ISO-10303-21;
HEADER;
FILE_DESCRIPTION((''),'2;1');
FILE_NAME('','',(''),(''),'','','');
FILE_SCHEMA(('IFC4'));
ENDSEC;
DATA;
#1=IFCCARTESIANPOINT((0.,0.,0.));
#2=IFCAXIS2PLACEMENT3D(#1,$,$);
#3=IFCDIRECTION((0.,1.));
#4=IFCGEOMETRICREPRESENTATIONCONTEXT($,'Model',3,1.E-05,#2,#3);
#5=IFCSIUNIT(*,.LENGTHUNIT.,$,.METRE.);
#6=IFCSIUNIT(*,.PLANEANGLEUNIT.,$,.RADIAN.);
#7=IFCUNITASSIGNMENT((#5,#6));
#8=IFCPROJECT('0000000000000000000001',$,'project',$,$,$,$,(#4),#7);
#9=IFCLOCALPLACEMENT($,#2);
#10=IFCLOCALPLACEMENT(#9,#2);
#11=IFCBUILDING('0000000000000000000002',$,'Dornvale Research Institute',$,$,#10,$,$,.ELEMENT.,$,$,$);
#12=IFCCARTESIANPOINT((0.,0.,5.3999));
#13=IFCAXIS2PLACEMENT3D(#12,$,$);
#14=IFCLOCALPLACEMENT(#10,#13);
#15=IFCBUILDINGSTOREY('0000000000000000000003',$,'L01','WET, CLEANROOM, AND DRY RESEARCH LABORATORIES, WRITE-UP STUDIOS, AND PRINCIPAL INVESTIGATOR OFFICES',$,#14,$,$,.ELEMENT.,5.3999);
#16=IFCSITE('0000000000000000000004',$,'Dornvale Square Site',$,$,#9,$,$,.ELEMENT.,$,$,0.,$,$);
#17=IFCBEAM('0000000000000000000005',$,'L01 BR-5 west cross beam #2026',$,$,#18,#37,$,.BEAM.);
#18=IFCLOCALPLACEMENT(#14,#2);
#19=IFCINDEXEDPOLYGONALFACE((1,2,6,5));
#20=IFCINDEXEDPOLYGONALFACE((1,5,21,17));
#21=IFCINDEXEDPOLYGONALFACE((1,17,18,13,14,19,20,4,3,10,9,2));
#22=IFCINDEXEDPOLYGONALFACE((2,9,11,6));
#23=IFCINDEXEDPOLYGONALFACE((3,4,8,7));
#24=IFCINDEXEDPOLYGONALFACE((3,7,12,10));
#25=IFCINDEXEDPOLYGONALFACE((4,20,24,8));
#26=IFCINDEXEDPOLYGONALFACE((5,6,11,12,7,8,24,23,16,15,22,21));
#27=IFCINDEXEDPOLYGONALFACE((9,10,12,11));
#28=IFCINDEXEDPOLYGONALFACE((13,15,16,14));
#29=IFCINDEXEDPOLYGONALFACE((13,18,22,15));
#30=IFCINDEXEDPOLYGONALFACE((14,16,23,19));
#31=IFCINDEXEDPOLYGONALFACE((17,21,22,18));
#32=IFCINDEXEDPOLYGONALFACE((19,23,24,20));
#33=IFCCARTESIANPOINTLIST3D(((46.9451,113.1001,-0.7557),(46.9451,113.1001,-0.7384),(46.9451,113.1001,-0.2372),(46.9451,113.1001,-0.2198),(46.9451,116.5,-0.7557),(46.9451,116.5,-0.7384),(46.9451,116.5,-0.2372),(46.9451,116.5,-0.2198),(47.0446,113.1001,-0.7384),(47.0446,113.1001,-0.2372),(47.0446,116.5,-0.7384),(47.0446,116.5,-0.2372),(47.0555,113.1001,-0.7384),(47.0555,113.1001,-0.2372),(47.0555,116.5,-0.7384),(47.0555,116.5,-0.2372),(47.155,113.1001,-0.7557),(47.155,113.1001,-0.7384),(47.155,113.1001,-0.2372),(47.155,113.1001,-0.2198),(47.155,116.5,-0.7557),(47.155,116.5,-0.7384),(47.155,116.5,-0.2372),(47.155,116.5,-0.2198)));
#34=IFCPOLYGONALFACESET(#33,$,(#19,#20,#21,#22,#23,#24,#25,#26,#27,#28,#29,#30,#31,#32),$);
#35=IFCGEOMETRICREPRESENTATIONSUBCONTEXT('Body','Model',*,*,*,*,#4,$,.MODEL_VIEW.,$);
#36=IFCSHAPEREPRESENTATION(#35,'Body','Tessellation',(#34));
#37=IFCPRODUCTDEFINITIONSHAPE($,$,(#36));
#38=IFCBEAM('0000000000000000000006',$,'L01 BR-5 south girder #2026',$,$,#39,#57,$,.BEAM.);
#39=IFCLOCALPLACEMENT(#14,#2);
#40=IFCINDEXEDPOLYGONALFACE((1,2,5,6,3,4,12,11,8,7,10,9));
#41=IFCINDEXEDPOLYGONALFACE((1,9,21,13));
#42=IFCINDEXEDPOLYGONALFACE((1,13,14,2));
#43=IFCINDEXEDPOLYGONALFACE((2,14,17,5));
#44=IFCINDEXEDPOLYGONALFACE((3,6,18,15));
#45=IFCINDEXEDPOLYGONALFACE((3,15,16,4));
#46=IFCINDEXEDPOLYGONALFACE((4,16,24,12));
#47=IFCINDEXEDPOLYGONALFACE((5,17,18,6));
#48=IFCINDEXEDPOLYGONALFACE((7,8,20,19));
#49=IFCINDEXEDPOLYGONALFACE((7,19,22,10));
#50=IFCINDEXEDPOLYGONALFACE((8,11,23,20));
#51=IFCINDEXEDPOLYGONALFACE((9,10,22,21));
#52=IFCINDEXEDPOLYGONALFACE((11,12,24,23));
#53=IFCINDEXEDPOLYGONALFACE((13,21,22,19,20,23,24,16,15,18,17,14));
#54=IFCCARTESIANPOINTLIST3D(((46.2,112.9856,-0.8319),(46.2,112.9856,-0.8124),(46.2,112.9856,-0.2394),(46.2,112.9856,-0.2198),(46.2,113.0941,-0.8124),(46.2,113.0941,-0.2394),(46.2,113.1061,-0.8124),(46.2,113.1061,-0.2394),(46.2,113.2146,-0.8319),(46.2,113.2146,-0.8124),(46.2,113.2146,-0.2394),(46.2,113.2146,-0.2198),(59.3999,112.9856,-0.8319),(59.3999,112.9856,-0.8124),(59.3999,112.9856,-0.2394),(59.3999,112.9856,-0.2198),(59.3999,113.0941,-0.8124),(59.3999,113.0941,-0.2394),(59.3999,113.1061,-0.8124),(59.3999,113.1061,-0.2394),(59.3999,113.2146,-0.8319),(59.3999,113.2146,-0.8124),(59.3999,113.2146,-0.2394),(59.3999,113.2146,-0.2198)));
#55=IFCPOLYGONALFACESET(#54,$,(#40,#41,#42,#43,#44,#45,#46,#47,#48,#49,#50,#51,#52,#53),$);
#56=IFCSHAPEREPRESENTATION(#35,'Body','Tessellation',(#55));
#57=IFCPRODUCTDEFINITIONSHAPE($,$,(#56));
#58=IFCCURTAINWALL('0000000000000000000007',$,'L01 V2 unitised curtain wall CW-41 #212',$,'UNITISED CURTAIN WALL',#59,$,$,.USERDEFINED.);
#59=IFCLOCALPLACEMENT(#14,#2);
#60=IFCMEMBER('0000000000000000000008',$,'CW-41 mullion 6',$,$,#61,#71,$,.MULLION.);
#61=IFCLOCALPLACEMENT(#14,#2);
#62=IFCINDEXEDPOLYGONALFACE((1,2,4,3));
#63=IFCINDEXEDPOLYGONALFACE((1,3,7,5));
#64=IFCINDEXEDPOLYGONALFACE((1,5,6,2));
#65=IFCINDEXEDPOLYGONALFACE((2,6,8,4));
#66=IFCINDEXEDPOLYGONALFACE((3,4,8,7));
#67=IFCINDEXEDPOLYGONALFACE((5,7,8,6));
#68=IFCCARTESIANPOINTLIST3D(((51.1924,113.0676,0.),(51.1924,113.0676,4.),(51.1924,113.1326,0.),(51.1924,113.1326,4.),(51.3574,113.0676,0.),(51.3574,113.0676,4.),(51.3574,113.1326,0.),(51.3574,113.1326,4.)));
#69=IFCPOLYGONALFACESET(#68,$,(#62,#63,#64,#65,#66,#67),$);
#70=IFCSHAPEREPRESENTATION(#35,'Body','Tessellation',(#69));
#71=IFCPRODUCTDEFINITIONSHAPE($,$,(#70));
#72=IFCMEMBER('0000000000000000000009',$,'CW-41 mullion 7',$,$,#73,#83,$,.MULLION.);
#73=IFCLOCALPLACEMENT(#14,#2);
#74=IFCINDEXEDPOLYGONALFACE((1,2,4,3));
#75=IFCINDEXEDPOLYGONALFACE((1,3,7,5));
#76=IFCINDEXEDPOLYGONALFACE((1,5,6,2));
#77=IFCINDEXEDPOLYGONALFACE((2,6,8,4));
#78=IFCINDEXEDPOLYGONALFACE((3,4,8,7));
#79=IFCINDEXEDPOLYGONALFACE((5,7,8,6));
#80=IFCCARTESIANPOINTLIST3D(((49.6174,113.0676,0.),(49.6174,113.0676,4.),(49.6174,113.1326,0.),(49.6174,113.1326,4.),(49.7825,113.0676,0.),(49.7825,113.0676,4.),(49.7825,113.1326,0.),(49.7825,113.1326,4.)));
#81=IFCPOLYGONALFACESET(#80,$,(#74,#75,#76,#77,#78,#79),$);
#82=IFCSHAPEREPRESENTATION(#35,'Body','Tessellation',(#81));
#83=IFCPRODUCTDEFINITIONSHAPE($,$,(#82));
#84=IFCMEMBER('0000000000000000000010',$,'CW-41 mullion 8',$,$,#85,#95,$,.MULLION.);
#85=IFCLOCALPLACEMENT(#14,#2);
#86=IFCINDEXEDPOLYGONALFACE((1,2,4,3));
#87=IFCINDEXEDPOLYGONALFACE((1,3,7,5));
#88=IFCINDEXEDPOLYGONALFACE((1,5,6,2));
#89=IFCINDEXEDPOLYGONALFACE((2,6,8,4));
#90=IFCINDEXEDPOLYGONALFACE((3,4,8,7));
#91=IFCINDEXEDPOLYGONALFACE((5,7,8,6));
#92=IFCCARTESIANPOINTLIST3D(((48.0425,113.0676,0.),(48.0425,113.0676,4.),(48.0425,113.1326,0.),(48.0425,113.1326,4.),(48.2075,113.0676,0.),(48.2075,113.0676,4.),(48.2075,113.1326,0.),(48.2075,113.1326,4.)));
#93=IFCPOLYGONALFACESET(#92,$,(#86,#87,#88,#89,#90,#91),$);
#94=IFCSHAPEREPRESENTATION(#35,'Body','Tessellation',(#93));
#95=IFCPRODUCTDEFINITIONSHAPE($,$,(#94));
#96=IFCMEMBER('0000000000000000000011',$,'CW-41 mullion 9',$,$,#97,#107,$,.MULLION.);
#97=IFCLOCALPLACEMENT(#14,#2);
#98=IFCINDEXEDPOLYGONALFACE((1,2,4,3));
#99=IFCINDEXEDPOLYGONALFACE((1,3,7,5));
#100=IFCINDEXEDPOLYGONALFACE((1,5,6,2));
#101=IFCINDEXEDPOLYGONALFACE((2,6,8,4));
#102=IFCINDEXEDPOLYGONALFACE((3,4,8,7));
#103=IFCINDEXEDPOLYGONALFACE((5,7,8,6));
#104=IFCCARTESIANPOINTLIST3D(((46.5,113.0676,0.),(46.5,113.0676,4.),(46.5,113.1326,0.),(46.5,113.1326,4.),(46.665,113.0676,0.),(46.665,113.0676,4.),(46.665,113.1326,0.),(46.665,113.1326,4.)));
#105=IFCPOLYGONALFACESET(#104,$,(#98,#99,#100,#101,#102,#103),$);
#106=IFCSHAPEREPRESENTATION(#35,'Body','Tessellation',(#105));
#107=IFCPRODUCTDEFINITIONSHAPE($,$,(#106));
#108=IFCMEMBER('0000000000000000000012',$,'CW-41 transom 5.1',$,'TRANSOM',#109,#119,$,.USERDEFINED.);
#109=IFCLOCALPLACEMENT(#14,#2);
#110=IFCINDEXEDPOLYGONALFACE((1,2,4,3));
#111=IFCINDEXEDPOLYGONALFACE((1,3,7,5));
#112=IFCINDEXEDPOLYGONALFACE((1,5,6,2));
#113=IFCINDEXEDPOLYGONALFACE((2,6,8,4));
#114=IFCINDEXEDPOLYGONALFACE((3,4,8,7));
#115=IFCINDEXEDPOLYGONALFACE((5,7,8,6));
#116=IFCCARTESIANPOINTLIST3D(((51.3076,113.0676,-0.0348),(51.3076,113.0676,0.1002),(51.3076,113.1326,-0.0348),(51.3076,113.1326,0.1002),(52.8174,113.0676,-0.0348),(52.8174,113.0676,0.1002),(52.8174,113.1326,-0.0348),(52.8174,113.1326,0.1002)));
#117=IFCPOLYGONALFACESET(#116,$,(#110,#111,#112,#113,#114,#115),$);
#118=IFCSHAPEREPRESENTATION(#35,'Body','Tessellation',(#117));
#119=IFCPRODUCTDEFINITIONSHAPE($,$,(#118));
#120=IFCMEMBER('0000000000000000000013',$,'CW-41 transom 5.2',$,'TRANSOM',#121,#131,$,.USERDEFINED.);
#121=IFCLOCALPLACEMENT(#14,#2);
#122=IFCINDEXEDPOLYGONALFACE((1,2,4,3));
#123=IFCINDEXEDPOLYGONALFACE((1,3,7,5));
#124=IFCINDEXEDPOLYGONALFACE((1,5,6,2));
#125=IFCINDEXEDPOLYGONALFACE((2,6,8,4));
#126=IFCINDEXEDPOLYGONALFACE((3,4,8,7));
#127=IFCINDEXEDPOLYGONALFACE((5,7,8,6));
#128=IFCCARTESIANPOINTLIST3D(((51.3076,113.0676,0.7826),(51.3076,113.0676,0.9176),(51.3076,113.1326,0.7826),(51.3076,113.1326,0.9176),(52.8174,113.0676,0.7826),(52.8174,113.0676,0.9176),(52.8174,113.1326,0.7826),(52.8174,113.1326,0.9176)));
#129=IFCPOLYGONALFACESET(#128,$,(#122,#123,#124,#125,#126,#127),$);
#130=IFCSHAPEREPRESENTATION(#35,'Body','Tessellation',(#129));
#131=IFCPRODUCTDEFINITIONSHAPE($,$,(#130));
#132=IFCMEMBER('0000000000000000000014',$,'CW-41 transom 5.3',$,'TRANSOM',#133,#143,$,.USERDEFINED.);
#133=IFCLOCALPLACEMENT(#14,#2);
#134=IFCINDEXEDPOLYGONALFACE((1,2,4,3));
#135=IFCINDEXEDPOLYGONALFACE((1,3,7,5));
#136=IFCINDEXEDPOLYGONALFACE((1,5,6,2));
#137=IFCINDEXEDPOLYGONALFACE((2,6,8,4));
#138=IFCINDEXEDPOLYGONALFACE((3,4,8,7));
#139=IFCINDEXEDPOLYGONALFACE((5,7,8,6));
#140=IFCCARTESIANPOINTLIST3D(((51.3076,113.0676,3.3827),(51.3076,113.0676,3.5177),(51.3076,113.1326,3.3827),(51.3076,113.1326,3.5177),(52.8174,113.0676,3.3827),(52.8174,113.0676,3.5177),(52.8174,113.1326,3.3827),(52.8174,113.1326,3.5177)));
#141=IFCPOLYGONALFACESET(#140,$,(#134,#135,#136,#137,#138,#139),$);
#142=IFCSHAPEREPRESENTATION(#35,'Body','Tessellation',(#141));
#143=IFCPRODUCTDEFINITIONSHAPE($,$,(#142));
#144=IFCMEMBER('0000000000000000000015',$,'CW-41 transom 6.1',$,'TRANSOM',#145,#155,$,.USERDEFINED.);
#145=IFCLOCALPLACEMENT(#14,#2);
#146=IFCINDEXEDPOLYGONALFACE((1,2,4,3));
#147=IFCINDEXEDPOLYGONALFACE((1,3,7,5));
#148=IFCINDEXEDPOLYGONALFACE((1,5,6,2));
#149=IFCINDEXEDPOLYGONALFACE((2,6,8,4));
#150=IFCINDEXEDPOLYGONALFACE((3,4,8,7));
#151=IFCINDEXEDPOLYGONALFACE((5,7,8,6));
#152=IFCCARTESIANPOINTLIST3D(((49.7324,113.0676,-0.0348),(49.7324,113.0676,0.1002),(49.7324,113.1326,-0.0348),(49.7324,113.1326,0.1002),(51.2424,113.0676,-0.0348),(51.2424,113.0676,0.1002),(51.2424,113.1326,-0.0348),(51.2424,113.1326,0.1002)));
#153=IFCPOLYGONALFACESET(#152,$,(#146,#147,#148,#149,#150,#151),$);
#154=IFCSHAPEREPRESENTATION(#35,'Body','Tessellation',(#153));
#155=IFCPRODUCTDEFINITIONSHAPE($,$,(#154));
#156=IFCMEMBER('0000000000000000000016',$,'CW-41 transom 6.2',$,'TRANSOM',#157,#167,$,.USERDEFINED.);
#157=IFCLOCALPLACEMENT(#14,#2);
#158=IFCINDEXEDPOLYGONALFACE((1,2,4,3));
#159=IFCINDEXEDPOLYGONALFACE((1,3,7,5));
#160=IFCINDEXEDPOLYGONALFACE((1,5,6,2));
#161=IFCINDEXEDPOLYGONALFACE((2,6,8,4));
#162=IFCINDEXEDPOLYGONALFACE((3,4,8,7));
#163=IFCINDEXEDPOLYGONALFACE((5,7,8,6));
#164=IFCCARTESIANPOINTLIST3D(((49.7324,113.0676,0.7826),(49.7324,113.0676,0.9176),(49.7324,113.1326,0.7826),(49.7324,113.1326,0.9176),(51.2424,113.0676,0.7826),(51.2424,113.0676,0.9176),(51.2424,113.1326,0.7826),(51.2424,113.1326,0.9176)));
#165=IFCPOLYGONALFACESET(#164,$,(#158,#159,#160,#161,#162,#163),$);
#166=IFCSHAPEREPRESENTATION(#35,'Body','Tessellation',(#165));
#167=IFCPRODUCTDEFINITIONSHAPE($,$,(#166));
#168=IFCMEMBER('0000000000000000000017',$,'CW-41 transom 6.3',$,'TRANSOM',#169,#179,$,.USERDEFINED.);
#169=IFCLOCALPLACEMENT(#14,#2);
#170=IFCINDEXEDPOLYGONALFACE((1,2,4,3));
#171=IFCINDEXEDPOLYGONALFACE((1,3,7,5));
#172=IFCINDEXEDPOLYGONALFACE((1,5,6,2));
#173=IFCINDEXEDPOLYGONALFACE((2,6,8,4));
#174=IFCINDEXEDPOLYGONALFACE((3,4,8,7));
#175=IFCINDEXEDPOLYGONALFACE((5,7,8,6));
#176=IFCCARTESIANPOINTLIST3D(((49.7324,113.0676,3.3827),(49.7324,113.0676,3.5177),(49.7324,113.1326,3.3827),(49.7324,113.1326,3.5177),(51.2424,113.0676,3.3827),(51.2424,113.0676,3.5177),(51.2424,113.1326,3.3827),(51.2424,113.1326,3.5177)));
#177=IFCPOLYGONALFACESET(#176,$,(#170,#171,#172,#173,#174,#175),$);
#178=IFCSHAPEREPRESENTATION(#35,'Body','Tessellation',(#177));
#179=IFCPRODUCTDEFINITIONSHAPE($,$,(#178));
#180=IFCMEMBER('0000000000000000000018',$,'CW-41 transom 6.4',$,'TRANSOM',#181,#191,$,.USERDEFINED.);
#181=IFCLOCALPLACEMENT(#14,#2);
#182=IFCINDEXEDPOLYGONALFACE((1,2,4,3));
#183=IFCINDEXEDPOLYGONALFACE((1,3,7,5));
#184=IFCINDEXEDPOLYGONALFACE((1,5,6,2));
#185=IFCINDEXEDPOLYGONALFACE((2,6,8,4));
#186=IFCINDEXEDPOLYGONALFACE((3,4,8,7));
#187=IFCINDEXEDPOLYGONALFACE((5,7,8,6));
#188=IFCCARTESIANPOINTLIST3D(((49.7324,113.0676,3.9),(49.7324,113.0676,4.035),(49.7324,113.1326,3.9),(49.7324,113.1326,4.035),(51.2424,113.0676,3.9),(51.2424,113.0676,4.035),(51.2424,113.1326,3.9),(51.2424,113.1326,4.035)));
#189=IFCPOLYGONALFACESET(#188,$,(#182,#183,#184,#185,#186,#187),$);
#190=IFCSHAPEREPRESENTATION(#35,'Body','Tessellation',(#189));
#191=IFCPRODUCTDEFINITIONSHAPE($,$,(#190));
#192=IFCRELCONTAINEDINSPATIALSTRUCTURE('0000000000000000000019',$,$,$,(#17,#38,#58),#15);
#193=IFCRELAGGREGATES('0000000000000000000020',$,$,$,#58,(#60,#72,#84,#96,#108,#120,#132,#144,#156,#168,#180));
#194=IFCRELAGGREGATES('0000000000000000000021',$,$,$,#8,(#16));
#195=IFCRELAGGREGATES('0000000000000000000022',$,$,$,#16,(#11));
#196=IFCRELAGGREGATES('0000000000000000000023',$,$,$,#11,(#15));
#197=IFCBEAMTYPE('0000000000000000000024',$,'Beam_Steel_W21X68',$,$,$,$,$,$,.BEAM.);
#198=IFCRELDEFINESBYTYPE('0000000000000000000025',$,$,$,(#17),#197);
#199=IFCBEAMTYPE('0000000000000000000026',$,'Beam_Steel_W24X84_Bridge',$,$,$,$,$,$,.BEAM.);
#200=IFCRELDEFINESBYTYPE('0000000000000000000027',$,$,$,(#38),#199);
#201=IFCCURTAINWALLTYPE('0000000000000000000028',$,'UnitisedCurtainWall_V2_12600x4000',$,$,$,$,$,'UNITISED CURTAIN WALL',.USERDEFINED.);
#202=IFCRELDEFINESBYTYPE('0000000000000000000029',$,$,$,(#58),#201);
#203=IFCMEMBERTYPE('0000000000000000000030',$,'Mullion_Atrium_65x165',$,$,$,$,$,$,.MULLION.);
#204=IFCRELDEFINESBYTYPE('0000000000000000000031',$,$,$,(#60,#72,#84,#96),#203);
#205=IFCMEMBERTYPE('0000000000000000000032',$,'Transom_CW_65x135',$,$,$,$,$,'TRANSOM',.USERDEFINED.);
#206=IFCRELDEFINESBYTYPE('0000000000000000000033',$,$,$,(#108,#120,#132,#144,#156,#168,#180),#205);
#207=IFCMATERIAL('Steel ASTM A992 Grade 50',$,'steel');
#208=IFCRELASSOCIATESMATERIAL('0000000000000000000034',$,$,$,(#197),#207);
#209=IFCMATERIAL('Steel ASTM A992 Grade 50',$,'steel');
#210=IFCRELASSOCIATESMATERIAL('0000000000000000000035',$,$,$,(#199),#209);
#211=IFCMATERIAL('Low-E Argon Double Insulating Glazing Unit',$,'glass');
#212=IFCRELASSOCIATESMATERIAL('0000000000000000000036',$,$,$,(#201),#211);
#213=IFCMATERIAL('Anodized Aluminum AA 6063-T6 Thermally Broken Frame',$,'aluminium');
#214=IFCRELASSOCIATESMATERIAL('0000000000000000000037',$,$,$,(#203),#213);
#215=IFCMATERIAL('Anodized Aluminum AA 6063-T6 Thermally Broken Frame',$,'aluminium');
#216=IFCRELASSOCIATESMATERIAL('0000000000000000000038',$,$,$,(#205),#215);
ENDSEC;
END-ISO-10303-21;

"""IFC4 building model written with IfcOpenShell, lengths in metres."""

from ifc_helpers import new_model, si_unit, direction, frame, origin, origin_2d, place, context, subcontext, project, spatial, rectangle, i_section, extrude, material, material_profile, profile_set, type_object, element, aggregate, save


model = new_model("IFC4")

# Units and contexts
model_context = context("Model", 3, precision=1e-05, world=origin(), true_north=direction((0.0, 1.0)))
body_context = subcontext(model_context, "Body", "Model", "MODEL_VIEW")
ifc_project = project(units=[si_unit("LENGTHUNIT", "METRE"), si_unit("PLANEANGLEUNIT", "RADIAN")], contexts=[model_context])

# Site, building, storey
site_placement = place(None, origin())
site = spatial("IfcSite", under=ifc_project, at=site_placement, Name="Dornvale Square Site", CompositionType="ELEMENT", RefElevation=0.0)
building_placement = place(site_placement, origin())
building = spatial("IfcBuilding", under=site, at=building_placement, Name="Dornvale Research Institute", CompositionType="ELEMENT")
storey_placement = place(building_placement, frame((0.0, 0.0, 5.3999)))
storey = spatial("IfcBuildingStorey", under=building, at=storey_placement, Name="L01", Description="WET, CLEANROOM, AND DRY RESEARCH LABORATORIES, WRITE-UP STUDIOS, AND PRINCIPAL INVESTIGATOR OFFICES", CompositionType="ELEMENT", Elevation=5.3999)

# Beams
ifc_material_1 = material(Name="Steel ASTM A992 Grade 50", Category="steel")
ifc_material_profile_1 = material_profile(ifc_material_1, i_section(OverallWidth=0.21, OverallDepth=0.5359, WebThickness=0.011, FlangeThickness=0.0173, at=origin_2d()), Name="W21X68")
ifc_profile_set_1 = profile_set([ifc_material_profile_1], Name="Steel ASTM A992 Grade 50")
beam_type_1 = type_object("IfcBeamType", Name="Beam_Steel_W21X68", PredefinedType="BEAM", material=ifc_profile_set_1)
beam_1_placement = place(storey_placement, frame((47.05, 113.1001, -0.4878), z_axis=(0.0, 1.0, 0.0), x_axis=(-1.0, 0.0, 0.0)))
element("IfcBeam", 1, at=beam_1_placement, inside=storey, type_object=beam_type_1, Name="L01 BR-5 west cross beam #2026", PredefinedType="BEAM", context=body_context, shape_type="SweptSolid", body=[
    extrude(i_section(OverallWidth=0.21, OverallDepth=0.5359, WebThickness=0.011, FlangeThickness=0.0173, at=origin_2d()), origin(), (0.0, 0.0, 1.0), 3.3999),
])
ifc_material_2 = material(Name="Steel ASTM A992 Grade 50", Category="steel")
ifc_material_profile_2 = material_profile(ifc_material_2, i_section(OverallWidth=0.229, OverallDepth=0.6121, WebThickness=0.012, FlangeThickness=0.0195, at=origin_2d()), Name="W24X84")
ifc_profile_set_2 = profile_set([ifc_material_profile_2], Name="Steel ASTM A992 Grade 50")
beam_type_2 = type_object("IfcBeamType", Name="Beam_Steel_W24X84_Bridge", PredefinedType="BEAM", material=ifc_profile_set_2)
beam_2_placement = place(storey_placement, frame((46.2, 113.1001, -0.5259), z_axis=(1.0, 0.0, 0.0), x_axis=(0.0, 1.0, 0.0)))
element("IfcBeam", 2, at=beam_2_placement, inside=storey, type_object=beam_type_2, Name="L01 BR-5 south girder #2026", PredefinedType="BEAM", context=body_context, shape_type="SweptSolid", body=[
    extrude(i_section(OverallWidth=0.229, OverallDepth=0.6121, WebThickness=0.012, FlangeThickness=0.0195, at=origin_2d()), origin(), (0.0, 0.0, 1.0), 13.2),
])

# Curtain wall, members
ifc_material_3 = material(Name="Low-E Argon Double Insulating Glazing Unit", Category="glass")
curtain_wall_type = type_object("IfcCurtainWallType", Name="UnitisedCurtainWall_V2_12600x4000", ElementType="UNITISED CURTAIN WALL", PredefinedType="USERDEFINED", material=ifc_material_3)
curtain_wall_placement = place(storey_placement, origin())
curtain_wall = element("IfcCurtainWall", 3, at=curtain_wall_placement, inside=storey, type_object=curtain_wall_type, Name="L01 V2 unitised curtain wall CW-41 #212", ObjectType="UNITISED CURTAIN WALL", PredefinedType="USERDEFINED")
ifc_material_4 = material(Name="Anodized Aluminum AA 6063-T6 Thermally Broken Frame", Category="aluminium")
ifc_material_profile_3 = material_profile(ifc_material_4, rectangle(XDim=0.0649, YDim=0.165, at=origin_2d()), Name="ALU MULLION 65x165")
ifc_profile_set_3 = profile_set([ifc_material_profile_3], Name="Anodized Aluminum AA 6063-T6 Thermally Broken Frame")
member_type_1 = type_object("IfcMemberType", Name="Mullion_Atrium_65x165", PredefinedType="MULLION", material=ifc_profile_set_3)
member_1_placement = place(storey_placement, frame((51.2749, 113.1001, 0.0), z_axis=(0.0, 0.0, 1.0), x_axis=(0.0, -1.0, 0.0)))
member_1 = element("IfcMember", 4, at=member_1_placement, type_object=member_type_1, Name="CW-41 mullion 6", PredefinedType="MULLION", context=body_context, shape_type="SweptSolid", body=[
    extrude(rectangle(XDim=0.0649, YDim=0.165, at=origin_2d()), origin(), (0.0, 0.0, 1.0), 4.0),
])
member_2_placement = place(storey_placement, frame((49.7, 113.1001, 0.0), z_axis=(0.0, 0.0, 1.0), x_axis=(0.0, -1.0, 0.0)))
member_2 = element("IfcMember", 5, at=member_2_placement, type_object=member_type_1, Name="CW-41 mullion 7", PredefinedType="MULLION", context=body_context, shape_type="SweptSolid", body=[
    extrude(rectangle(XDim=0.0649, YDim=0.165, at=origin_2d()), origin(), (0.0, 0.0, 1.0), 4.0),
])
member_3_placement = place(storey_placement, frame((48.125, 113.1001, 0.0), z_axis=(0.0, 0.0, 1.0), x_axis=(0.0, -1.0, 0.0)))
member_3 = element("IfcMember", 6, at=member_3_placement, type_object=member_type_1, Name="CW-41 mullion 8", PredefinedType="MULLION", context=body_context, shape_type="SweptSolid", body=[
    extrude(rectangle(XDim=0.0649, YDim=0.165, at=origin_2d()), origin(), (0.0, 0.0, 1.0), 4.0),
])
member_4_placement = place(storey_placement, frame((46.5825, 113.1001, 0.0), z_axis=(0.0, 0.0, 1.0), x_axis=(0.0, -1.0, 0.0)))
member_4 = element("IfcMember", 7, at=member_4_placement, type_object=member_type_1, Name="CW-41 mullion 9", PredefinedType="MULLION", context=body_context, shape_type="SweptSolid", body=[
    extrude(rectangle(XDim=0.0649, YDim=0.165, at=origin_2d()), origin(), (0.0, 0.0, 1.0), 4.0),
])
ifc_material_5 = material(Name="Anodized Aluminum AA 6063-T6 Thermally Broken Frame", Category="aluminium")
ifc_material_profile_4 = material_profile(ifc_material_5, rectangle(XDim=0.0649, YDim=0.135, at=origin_2d()), Name="ALU TRANSOM 65x135")
ifc_profile_set_4 = profile_set([ifc_material_profile_4], Name="Anodized Aluminum AA 6063-T6 Thermally Broken Frame")
member_type_2 = type_object("IfcMemberType", Name="Transom_CW_65x135", ElementType="TRANSOM", PredefinedType="USERDEFINED", material=ifc_profile_set_4)
member_5_placement = place(storey_placement, frame((52.8174, 113.1001, 0.0327), z_axis=(-1.0, 0.0, 0.0), x_axis=(0.0, -1.0, 0.0)))
member_5 = element("IfcMember", 8, at=member_5_placement, type_object=member_type_2, Name="CW-41 transom 5.1", ObjectType="TRANSOM", PredefinedType="USERDEFINED", context=body_context, shape_type="SweptSolid", body=[
    extrude(rectangle(XDim=0.0649, YDim=0.135, at=origin_2d()), origin(), (0.0, 0.0, 1.0), 1.5098),
])
member_6_placement = place(storey_placement, frame((52.8174, 113.1001, 0.8501), z_axis=(-1.0, 0.0, 0.0), x_axis=(0.0, -1.0, 0.0)))
member_6 = element("IfcMember", 9, at=member_6_placement, type_object=member_type_2, Name="CW-41 transom 5.2", ObjectType="TRANSOM", PredefinedType="USERDEFINED", context=body_context, shape_type="SweptSolid", body=[
    extrude(rectangle(XDim=0.0649, YDim=0.135, at=origin_2d()), origin(), (0.0, 0.0, 1.0), 1.5098),
])
member_7_placement = place(storey_placement, frame((52.8174, 113.1001, 3.4502), z_axis=(-1.0, 0.0, 0.0), x_axis=(0.0, -1.0, 0.0)))
member_7 = element("IfcMember", 10, at=member_7_placement, type_object=member_type_2, Name="CW-41 transom 5.3", ObjectType="TRANSOM", PredefinedType="USERDEFINED", context=body_context, shape_type="SweptSolid", body=[
    extrude(rectangle(XDim=0.0649, YDim=0.135, at=origin_2d()), origin(), (0.0, 0.0, 1.0), 1.5098),
])
member_8_placement = place(storey_placement, frame((51.2424, 113.1001, 0.0327), z_axis=(-1.0, 0.0, 0.0), x_axis=(0.0, -1.0, 0.0)))
member_8 = element("IfcMember", 11, at=member_8_placement, type_object=member_type_2, Name="CW-41 transom 6.1", ObjectType="TRANSOM", PredefinedType="USERDEFINED", context=body_context, shape_type="SweptSolid", body=[
    extrude(rectangle(XDim=0.0649, YDim=0.135, at=origin_2d()), origin(), (0.0, 0.0, 1.0), 1.51),
])
member_9_placement = place(storey_placement, frame((51.2424, 113.1001, 0.8501), z_axis=(-1.0, 0.0, 0.0), x_axis=(0.0, -1.0, 0.0)))
member_9 = element("IfcMember", 12, at=member_9_placement, type_object=member_type_2, Name="CW-41 transom 6.2", ObjectType="TRANSOM", PredefinedType="USERDEFINED", context=body_context, shape_type="SweptSolid", body=[
    extrude(rectangle(XDim=0.0649, YDim=0.135, at=origin_2d()), origin(), (0.0, 0.0, 1.0), 1.51),
])
member_10_placement = place(storey_placement, frame((51.2424, 113.1001, 3.4502), z_axis=(-1.0, 0.0, 0.0), x_axis=(0.0, -1.0, 0.0)))
member_10 = element("IfcMember", 13, at=member_10_placement, type_object=member_type_2, Name="CW-41 transom 6.3", ObjectType="TRANSOM", PredefinedType="USERDEFINED", context=body_context, shape_type="SweptSolid", body=[
    extrude(rectangle(XDim=0.0649, YDim=0.135, at=origin_2d()), origin(), (0.0, 0.0, 1.0), 1.51),
])
member_11_placement = place(storey_placement, frame((51.2424, 113.1001, 3.9675), z_axis=(-1.0, 0.0, 0.0), x_axis=(0.0, -1.0, 0.0)))
member_11 = element("IfcMember", 14, at=member_11_placement, type_object=member_type_2, Name="CW-41 transom 6.4", ObjectType="TRANSOM", PredefinedType="USERDEFINED", context=body_context, shape_type="SweptSolid", body=[
    extrude(rectangle(XDim=0.0649, YDim=0.135, at=origin_2d()), origin(), (0.0, 0.0, 1.0), 1.51),
])
aggregate(curtain_wall, [member_1, member_2, member_3, member_4, member_5, member_6, member_7, member_8, member_9, member_10, member_11])

save(model, "model.ifc")
